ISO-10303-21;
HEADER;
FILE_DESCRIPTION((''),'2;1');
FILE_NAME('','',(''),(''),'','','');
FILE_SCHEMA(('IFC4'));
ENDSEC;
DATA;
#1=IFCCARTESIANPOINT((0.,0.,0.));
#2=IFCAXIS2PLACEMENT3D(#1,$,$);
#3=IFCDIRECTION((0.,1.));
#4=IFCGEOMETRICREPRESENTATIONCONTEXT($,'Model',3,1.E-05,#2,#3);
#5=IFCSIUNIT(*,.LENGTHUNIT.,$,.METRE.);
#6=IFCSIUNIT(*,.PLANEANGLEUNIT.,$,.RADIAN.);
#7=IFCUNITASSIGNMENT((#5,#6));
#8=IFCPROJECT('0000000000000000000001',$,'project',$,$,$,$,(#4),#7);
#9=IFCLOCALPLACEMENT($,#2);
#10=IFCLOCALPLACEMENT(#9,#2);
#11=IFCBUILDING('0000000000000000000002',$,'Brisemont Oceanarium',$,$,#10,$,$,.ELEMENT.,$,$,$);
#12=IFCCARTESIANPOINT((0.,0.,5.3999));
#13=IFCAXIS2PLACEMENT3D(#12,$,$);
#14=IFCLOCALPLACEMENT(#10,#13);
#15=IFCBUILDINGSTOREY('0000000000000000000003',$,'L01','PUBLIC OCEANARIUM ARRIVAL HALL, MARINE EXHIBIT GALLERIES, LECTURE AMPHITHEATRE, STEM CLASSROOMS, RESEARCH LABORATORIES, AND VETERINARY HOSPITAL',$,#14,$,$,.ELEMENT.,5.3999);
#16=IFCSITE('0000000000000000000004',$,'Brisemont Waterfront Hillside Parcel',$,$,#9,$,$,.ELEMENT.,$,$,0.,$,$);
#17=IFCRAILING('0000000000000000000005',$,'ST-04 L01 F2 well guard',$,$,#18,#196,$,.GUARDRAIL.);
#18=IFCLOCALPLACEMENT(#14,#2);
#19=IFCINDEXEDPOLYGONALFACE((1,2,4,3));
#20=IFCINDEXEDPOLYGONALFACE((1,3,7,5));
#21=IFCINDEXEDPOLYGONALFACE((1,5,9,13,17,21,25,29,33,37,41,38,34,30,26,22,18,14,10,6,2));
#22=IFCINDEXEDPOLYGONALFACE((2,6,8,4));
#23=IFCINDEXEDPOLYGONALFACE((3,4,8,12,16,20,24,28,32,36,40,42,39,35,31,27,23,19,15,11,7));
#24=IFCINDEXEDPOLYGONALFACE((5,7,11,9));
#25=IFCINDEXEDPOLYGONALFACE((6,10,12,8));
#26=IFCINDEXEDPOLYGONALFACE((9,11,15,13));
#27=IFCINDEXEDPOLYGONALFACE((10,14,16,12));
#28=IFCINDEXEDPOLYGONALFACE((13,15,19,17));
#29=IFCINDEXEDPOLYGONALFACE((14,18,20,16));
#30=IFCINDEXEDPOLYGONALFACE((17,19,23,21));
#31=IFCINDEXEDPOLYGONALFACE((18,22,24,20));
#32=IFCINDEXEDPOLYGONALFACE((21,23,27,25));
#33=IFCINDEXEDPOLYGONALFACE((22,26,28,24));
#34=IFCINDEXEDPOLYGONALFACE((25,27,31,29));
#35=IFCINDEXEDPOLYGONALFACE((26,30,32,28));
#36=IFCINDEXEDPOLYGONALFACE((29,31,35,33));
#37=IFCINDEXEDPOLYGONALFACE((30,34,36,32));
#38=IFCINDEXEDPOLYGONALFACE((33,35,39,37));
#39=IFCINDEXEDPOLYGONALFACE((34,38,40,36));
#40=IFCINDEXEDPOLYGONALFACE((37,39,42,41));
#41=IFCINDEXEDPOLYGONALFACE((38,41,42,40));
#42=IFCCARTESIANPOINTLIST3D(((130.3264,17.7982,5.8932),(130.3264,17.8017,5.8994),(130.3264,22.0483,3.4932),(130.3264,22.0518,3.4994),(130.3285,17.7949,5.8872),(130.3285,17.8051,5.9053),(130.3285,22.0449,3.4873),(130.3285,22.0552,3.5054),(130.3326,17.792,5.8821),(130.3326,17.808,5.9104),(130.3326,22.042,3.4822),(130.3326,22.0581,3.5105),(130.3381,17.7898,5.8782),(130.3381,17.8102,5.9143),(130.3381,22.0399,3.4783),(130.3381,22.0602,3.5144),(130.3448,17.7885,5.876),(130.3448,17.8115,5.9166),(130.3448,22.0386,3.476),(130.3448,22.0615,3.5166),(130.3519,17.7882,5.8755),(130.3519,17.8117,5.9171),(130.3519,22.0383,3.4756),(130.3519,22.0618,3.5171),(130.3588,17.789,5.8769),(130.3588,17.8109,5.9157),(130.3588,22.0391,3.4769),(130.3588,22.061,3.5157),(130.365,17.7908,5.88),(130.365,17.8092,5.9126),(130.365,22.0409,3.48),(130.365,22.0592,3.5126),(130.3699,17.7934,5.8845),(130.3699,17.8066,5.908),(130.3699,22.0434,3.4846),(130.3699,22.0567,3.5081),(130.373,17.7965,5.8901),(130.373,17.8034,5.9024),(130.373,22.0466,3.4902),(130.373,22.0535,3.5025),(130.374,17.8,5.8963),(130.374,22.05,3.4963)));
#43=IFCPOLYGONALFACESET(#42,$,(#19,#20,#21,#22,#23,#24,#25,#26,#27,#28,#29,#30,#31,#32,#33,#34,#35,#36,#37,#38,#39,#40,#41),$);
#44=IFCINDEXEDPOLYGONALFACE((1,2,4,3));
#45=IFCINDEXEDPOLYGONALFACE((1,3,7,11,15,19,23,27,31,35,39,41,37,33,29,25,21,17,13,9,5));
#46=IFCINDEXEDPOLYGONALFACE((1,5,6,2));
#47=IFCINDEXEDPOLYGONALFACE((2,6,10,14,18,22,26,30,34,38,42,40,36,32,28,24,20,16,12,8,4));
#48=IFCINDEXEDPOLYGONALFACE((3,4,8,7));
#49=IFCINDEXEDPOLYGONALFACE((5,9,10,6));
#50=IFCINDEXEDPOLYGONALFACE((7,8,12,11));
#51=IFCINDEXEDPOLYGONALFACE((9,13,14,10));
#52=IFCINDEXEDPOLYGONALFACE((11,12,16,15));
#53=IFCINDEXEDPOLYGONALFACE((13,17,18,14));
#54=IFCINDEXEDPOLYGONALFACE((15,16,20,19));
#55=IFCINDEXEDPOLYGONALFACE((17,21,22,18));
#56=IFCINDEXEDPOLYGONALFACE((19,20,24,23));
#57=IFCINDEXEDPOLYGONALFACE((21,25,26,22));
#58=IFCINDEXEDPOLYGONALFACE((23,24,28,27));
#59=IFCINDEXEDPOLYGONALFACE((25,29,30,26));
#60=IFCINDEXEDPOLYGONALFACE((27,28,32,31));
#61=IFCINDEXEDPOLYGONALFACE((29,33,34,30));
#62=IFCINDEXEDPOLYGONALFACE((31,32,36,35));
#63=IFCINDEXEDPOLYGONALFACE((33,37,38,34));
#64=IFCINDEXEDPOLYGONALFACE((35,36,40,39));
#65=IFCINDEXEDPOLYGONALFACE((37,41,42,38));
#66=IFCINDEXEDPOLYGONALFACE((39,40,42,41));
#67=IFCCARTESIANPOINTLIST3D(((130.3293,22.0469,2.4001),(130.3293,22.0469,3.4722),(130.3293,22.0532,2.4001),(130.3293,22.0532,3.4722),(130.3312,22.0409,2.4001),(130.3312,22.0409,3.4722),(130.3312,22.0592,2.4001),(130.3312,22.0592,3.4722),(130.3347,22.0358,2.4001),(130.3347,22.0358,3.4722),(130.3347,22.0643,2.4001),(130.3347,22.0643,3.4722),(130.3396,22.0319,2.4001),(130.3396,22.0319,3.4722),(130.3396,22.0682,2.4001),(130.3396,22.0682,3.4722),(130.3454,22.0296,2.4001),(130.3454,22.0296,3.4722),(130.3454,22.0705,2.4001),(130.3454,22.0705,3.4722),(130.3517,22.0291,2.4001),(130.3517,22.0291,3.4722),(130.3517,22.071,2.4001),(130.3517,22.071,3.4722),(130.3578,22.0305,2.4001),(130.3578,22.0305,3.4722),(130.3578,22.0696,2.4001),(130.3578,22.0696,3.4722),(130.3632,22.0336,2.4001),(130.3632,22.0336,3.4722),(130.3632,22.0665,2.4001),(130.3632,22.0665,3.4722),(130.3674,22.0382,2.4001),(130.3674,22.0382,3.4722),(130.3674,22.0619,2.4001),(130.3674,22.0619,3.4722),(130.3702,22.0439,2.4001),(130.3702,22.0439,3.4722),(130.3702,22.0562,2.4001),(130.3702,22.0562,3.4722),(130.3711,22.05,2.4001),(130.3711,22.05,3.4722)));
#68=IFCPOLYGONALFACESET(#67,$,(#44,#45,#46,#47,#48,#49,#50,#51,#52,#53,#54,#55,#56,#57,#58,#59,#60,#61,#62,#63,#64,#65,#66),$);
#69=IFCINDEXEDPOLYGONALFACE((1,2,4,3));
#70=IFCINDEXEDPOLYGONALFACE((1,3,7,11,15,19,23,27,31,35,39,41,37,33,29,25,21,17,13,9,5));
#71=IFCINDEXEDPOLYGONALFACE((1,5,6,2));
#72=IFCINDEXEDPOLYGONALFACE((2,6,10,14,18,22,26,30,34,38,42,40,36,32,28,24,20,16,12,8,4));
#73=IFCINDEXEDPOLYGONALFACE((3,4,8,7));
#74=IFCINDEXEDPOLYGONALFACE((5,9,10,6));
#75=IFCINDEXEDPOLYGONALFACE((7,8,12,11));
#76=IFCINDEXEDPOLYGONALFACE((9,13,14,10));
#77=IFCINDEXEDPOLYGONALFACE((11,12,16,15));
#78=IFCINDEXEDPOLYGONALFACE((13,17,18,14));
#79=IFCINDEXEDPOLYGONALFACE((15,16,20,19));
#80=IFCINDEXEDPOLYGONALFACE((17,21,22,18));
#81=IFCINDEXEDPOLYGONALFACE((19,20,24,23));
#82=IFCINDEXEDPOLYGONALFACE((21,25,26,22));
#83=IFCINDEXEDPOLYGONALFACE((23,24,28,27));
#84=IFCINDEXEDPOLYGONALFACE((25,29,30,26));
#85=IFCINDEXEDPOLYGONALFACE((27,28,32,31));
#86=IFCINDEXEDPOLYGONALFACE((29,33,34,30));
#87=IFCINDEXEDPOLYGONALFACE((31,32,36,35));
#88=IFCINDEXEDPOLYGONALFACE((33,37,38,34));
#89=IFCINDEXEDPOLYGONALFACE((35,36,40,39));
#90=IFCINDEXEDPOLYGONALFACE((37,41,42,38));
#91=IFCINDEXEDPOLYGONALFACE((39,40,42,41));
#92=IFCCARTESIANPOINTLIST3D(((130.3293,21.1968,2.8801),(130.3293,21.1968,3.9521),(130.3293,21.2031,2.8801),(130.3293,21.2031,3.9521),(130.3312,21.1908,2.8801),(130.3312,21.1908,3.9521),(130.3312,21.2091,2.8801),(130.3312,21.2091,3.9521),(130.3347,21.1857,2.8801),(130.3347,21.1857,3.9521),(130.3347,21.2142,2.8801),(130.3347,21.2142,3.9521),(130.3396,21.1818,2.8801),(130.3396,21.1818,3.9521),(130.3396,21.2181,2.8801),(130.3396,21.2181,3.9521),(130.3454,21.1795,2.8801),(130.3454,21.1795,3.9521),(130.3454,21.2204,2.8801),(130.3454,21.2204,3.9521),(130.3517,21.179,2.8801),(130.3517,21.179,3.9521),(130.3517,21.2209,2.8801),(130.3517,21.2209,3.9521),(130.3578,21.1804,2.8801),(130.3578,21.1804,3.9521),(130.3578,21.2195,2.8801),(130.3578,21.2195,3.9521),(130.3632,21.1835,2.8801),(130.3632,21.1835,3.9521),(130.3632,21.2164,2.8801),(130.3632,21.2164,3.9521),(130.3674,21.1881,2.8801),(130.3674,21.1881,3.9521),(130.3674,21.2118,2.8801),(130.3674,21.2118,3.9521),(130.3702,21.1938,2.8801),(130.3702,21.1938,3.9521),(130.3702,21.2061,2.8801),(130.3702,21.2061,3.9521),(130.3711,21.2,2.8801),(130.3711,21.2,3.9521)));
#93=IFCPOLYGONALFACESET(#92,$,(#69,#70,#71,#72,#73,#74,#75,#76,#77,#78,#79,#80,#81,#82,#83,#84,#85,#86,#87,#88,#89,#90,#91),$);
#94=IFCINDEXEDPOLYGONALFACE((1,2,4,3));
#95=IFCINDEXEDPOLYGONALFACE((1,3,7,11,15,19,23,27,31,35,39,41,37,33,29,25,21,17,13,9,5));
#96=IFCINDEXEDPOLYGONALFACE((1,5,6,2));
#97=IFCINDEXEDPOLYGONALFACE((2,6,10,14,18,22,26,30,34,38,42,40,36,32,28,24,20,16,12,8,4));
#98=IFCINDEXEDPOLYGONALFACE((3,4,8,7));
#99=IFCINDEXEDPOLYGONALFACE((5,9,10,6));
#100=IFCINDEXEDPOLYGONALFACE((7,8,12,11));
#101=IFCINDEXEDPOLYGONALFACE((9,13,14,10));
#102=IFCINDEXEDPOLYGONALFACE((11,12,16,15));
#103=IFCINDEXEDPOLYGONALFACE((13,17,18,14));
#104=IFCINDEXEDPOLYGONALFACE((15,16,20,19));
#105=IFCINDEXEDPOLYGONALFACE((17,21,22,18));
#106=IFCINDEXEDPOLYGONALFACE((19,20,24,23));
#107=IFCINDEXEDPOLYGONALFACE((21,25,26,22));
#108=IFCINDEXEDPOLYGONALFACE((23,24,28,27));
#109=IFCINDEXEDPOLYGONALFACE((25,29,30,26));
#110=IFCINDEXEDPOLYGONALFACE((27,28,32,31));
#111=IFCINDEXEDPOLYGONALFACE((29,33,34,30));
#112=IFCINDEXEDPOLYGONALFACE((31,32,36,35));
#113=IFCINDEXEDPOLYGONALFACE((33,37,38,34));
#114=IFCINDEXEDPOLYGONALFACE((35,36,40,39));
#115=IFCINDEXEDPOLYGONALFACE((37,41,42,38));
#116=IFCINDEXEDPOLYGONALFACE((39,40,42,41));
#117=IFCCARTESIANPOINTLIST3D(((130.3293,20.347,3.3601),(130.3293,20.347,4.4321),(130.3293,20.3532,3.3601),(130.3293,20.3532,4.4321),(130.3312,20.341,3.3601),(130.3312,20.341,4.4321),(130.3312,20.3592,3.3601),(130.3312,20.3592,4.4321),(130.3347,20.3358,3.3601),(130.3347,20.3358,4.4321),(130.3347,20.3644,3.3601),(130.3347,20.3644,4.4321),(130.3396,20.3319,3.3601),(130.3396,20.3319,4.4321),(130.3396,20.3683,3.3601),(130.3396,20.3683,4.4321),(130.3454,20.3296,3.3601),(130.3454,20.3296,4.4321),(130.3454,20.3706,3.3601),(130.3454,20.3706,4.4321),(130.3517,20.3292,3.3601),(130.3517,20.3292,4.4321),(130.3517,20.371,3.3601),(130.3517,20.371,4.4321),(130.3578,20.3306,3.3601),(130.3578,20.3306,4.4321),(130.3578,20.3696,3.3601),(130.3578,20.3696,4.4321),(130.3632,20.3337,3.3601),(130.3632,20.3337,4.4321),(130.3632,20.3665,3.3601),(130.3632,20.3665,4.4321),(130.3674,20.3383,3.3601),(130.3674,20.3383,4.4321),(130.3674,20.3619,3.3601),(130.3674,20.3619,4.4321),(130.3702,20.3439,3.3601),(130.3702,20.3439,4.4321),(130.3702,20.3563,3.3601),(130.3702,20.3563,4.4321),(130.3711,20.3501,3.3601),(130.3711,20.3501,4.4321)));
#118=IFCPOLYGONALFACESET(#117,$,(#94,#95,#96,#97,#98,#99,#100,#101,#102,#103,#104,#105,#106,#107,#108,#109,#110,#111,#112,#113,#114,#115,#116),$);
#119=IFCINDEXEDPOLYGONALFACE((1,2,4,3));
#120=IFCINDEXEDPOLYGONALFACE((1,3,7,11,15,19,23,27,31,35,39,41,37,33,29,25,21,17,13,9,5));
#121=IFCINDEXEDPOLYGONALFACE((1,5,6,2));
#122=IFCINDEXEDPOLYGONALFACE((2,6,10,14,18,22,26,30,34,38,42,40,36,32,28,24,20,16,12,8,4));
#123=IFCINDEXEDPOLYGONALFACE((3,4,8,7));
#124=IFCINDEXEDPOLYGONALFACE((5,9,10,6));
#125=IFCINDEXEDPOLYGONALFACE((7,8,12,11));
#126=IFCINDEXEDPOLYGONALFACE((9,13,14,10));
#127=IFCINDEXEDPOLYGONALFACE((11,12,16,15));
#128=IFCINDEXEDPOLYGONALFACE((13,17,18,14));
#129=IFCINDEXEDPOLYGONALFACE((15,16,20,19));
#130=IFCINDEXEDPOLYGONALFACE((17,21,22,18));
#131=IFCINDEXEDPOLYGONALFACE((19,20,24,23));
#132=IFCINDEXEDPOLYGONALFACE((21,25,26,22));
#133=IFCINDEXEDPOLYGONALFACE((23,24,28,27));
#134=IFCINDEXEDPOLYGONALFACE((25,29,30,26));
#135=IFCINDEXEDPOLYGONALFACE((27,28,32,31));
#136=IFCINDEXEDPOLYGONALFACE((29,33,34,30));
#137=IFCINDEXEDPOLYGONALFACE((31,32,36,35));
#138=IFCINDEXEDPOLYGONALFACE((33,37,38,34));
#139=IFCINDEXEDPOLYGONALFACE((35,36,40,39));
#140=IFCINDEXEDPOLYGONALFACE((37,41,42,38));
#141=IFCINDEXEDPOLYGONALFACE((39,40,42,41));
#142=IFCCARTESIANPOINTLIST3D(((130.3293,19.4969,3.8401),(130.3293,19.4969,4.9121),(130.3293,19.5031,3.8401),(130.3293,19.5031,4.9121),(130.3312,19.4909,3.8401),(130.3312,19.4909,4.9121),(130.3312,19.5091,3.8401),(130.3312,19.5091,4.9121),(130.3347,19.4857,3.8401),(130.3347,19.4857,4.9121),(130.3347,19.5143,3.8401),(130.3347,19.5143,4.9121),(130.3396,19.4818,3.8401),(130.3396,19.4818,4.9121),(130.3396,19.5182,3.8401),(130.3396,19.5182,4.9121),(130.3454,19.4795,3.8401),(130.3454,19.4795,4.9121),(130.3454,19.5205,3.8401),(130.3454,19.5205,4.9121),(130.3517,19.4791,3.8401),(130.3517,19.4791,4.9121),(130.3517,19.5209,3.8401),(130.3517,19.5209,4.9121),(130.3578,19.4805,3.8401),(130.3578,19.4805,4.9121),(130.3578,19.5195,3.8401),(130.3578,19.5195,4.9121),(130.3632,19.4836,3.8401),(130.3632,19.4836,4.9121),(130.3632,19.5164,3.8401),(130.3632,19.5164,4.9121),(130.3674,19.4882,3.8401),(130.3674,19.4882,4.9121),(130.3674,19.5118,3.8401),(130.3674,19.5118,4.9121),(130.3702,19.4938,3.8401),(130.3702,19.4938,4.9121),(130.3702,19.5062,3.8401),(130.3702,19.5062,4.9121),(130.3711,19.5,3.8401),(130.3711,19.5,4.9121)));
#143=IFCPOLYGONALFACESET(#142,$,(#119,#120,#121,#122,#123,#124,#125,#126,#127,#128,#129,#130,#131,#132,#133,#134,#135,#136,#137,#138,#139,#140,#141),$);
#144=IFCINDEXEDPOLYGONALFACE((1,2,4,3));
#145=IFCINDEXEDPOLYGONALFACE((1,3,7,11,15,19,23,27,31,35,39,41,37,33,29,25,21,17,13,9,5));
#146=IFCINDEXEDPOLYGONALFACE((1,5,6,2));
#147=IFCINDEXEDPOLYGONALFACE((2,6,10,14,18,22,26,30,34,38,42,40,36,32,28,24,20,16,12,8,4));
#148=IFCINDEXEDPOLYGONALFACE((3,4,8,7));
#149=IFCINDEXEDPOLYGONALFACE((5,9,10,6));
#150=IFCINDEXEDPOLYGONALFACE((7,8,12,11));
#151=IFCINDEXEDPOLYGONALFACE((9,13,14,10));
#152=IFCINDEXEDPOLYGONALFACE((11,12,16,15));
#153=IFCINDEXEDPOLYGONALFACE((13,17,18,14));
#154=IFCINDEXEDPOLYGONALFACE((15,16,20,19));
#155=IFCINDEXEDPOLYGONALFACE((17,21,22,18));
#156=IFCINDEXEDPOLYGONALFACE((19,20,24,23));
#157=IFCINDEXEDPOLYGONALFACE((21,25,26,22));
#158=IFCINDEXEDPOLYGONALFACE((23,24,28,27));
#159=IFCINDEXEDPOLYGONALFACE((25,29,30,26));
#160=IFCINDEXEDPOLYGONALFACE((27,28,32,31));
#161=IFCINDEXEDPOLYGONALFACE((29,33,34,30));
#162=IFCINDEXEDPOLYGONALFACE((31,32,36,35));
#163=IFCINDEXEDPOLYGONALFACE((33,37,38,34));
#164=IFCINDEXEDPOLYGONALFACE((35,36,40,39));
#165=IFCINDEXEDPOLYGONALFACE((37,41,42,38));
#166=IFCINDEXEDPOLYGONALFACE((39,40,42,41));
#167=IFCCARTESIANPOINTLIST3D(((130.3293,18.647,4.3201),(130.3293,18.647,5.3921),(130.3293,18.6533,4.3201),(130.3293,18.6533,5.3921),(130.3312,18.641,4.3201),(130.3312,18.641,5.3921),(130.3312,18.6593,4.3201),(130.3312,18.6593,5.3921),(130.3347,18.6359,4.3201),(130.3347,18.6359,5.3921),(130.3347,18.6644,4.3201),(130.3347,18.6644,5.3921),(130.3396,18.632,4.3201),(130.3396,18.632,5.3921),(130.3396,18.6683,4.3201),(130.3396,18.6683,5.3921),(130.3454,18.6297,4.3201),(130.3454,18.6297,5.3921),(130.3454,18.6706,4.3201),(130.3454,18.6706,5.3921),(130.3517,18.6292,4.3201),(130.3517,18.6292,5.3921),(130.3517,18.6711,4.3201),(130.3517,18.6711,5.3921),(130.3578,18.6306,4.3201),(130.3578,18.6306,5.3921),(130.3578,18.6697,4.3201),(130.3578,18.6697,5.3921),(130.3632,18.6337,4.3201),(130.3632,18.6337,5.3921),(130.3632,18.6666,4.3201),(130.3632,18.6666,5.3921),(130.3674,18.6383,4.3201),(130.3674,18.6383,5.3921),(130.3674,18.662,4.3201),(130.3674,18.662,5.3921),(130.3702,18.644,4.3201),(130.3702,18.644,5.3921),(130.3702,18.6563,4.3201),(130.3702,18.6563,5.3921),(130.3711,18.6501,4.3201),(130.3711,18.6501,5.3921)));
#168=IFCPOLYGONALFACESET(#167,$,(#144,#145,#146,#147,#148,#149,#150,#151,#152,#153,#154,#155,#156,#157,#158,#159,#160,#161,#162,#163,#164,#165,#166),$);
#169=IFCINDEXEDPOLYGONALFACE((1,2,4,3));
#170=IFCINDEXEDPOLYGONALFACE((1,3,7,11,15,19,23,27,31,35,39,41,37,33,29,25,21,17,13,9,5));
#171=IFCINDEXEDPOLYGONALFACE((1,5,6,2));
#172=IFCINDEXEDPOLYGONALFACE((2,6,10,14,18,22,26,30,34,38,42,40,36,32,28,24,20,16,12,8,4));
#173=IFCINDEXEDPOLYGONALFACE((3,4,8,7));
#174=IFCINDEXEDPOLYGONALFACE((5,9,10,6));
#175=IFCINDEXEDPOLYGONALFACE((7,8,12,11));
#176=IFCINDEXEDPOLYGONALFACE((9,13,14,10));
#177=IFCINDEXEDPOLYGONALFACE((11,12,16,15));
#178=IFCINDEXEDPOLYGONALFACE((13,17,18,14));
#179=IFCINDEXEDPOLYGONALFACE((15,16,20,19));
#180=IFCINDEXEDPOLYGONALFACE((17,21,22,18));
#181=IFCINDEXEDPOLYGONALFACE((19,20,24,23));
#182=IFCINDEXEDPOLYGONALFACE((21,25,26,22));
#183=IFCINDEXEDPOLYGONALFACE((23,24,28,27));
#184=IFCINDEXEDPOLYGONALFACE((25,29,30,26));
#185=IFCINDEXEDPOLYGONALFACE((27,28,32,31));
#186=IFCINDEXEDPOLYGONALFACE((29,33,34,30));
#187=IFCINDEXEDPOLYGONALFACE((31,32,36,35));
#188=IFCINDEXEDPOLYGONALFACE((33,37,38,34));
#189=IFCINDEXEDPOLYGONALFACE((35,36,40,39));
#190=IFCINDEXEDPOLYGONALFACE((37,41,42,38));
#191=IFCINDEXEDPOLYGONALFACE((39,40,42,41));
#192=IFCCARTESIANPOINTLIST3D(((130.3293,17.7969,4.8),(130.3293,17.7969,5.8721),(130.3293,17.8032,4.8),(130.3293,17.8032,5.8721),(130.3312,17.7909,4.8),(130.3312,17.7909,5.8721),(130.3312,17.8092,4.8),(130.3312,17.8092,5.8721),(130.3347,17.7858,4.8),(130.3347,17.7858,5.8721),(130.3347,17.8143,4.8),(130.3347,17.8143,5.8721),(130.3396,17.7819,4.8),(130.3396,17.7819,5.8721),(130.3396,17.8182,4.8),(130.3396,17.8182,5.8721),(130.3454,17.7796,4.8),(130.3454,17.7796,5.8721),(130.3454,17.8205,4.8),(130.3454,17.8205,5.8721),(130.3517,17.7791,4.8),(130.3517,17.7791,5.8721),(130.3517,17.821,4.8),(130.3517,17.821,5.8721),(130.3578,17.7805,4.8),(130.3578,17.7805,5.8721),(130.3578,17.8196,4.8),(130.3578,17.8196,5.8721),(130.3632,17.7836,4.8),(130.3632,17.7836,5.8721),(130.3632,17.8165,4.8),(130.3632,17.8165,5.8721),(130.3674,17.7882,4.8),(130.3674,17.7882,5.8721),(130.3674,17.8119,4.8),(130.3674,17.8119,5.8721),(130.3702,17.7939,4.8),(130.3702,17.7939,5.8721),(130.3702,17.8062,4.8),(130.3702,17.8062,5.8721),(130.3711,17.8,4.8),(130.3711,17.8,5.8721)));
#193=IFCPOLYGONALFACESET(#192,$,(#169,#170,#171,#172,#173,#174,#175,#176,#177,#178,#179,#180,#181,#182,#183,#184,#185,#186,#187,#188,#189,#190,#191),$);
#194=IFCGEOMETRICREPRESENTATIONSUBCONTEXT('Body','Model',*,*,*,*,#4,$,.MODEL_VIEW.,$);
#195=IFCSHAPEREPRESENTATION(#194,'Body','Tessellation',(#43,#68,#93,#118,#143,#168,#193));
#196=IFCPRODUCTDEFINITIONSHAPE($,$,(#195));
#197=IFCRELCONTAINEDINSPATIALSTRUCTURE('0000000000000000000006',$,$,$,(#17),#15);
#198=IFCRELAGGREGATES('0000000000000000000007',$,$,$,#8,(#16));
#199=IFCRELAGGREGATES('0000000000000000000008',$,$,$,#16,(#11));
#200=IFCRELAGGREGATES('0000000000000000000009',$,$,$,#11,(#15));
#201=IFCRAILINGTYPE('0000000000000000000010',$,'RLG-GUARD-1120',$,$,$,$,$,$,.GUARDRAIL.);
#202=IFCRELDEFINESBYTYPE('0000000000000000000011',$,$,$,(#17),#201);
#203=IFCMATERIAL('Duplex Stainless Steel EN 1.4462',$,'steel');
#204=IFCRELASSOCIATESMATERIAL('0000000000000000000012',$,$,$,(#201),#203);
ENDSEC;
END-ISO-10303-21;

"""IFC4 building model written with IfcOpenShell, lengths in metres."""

from ifc_helpers import new_model, si_unit, direction, frame, origin, origin_2d, place, context, subcontext, project, spatial, circle, extrude, material, type_object, element, save


model = new_model("IFC4")

# Units and contexts
model_context = context("Model", 3, precision=1e-05, world=origin(), true_north=direction((0.0, 1.0)))
body_context = subcontext(model_context, "Body", "Model", "MODEL_VIEW")
ifc_project = project(units=[si_unit("LENGTHUNIT", "METRE"), si_unit("PLANEANGLEUNIT", "RADIAN")], contexts=[model_context])

# Site, building, storey
site_placement = place(None, origin())
site = spatial("IfcSite", under=ifc_project, at=site_placement, Name="Brisemont Waterfront Hillside Parcel", CompositionType="ELEMENT", RefElevation=0.0)
building_placement = place(site_placement, origin())
building = spatial("IfcBuilding", under=site, at=building_placement, Name="Brisemont Oceanarium", CompositionType="ELEMENT")
storey_placement = place(building_placement, frame((0.0, 0.0, 5.3999)))
storey = spatial("IfcBuildingStorey", under=building, at=storey_placement, Name="L01", Description="PUBLIC OCEANARIUM ARRIVAL HALL, MARINE EXHIBIT GALLERIES, LECTURE AMPHITHEATRE, STEM CLASSROOMS, RESEARCH LABORATORIES, AND VETERINARY HOSPITAL", CompositionType="ELEMENT", Elevation=5.3999)

# Railing
ifc_material_1 = material(Name="Duplex Stainless Steel EN 1.4462", Category="steel")
railing_type_1 = type_object("IfcRailingType", Name="RLG-GUARD-1120", PredefinedType="GUARDRAIL", material=ifc_material_1)
railing_1_placement = place(storey_placement, frame((130.3501, 22.05, 2.4001)))
element("IfcRailing", 1, at=railing_1_placement, inside=storey, type_object=railing_type_1, Name="ST-04 L01 F2 well guard", PredefinedType="GUARDRAIL", context=body_context, shape_type="SweptSolid", body=[
    extrude(circle(Radius=0.0239, at=origin_2d()), frame((0.0, 0.0, 1.0962), z_axis=(0.0, -0.870762, 0.491704), x_axis=(1.0, 0.0, 0.0)), (0.0, 0.0, 1.0), 4.8809),
    extrude(circle(Radius=0.021, at=origin_2d()), origin(), (0.0, 0.0, 1.0), 1.072),
    extrude(circle(Radius=0.021, at=origin_2d()), frame((0.0, -0.8501, 0.48)), (0.0, 0.0, 1.0), 1.072),
    extrude(circle(Radius=0.021, at=origin_2d()), frame((0.0, -1.7, 0.96)), (0.0, 0.0, 1.0), 1.072),
    extrude(circle(Radius=0.021, at=origin_2d()), frame((0.0, -2.55, 1.4399)), (0.0, 0.0, 1.0), 1.072),
    extrude(circle(Radius=0.021, at=origin_2d()), frame((0.0, -3.3999, 1.9199)), (0.0, 0.0, 1.0), 1.072),
    extrude(circle(Radius=0.021, at=origin_2d()), frame((0.0, -4.25, 2.3999)), (0.0, 0.0, 1.0), 1.072),
])

save(model, "model.ifc")
